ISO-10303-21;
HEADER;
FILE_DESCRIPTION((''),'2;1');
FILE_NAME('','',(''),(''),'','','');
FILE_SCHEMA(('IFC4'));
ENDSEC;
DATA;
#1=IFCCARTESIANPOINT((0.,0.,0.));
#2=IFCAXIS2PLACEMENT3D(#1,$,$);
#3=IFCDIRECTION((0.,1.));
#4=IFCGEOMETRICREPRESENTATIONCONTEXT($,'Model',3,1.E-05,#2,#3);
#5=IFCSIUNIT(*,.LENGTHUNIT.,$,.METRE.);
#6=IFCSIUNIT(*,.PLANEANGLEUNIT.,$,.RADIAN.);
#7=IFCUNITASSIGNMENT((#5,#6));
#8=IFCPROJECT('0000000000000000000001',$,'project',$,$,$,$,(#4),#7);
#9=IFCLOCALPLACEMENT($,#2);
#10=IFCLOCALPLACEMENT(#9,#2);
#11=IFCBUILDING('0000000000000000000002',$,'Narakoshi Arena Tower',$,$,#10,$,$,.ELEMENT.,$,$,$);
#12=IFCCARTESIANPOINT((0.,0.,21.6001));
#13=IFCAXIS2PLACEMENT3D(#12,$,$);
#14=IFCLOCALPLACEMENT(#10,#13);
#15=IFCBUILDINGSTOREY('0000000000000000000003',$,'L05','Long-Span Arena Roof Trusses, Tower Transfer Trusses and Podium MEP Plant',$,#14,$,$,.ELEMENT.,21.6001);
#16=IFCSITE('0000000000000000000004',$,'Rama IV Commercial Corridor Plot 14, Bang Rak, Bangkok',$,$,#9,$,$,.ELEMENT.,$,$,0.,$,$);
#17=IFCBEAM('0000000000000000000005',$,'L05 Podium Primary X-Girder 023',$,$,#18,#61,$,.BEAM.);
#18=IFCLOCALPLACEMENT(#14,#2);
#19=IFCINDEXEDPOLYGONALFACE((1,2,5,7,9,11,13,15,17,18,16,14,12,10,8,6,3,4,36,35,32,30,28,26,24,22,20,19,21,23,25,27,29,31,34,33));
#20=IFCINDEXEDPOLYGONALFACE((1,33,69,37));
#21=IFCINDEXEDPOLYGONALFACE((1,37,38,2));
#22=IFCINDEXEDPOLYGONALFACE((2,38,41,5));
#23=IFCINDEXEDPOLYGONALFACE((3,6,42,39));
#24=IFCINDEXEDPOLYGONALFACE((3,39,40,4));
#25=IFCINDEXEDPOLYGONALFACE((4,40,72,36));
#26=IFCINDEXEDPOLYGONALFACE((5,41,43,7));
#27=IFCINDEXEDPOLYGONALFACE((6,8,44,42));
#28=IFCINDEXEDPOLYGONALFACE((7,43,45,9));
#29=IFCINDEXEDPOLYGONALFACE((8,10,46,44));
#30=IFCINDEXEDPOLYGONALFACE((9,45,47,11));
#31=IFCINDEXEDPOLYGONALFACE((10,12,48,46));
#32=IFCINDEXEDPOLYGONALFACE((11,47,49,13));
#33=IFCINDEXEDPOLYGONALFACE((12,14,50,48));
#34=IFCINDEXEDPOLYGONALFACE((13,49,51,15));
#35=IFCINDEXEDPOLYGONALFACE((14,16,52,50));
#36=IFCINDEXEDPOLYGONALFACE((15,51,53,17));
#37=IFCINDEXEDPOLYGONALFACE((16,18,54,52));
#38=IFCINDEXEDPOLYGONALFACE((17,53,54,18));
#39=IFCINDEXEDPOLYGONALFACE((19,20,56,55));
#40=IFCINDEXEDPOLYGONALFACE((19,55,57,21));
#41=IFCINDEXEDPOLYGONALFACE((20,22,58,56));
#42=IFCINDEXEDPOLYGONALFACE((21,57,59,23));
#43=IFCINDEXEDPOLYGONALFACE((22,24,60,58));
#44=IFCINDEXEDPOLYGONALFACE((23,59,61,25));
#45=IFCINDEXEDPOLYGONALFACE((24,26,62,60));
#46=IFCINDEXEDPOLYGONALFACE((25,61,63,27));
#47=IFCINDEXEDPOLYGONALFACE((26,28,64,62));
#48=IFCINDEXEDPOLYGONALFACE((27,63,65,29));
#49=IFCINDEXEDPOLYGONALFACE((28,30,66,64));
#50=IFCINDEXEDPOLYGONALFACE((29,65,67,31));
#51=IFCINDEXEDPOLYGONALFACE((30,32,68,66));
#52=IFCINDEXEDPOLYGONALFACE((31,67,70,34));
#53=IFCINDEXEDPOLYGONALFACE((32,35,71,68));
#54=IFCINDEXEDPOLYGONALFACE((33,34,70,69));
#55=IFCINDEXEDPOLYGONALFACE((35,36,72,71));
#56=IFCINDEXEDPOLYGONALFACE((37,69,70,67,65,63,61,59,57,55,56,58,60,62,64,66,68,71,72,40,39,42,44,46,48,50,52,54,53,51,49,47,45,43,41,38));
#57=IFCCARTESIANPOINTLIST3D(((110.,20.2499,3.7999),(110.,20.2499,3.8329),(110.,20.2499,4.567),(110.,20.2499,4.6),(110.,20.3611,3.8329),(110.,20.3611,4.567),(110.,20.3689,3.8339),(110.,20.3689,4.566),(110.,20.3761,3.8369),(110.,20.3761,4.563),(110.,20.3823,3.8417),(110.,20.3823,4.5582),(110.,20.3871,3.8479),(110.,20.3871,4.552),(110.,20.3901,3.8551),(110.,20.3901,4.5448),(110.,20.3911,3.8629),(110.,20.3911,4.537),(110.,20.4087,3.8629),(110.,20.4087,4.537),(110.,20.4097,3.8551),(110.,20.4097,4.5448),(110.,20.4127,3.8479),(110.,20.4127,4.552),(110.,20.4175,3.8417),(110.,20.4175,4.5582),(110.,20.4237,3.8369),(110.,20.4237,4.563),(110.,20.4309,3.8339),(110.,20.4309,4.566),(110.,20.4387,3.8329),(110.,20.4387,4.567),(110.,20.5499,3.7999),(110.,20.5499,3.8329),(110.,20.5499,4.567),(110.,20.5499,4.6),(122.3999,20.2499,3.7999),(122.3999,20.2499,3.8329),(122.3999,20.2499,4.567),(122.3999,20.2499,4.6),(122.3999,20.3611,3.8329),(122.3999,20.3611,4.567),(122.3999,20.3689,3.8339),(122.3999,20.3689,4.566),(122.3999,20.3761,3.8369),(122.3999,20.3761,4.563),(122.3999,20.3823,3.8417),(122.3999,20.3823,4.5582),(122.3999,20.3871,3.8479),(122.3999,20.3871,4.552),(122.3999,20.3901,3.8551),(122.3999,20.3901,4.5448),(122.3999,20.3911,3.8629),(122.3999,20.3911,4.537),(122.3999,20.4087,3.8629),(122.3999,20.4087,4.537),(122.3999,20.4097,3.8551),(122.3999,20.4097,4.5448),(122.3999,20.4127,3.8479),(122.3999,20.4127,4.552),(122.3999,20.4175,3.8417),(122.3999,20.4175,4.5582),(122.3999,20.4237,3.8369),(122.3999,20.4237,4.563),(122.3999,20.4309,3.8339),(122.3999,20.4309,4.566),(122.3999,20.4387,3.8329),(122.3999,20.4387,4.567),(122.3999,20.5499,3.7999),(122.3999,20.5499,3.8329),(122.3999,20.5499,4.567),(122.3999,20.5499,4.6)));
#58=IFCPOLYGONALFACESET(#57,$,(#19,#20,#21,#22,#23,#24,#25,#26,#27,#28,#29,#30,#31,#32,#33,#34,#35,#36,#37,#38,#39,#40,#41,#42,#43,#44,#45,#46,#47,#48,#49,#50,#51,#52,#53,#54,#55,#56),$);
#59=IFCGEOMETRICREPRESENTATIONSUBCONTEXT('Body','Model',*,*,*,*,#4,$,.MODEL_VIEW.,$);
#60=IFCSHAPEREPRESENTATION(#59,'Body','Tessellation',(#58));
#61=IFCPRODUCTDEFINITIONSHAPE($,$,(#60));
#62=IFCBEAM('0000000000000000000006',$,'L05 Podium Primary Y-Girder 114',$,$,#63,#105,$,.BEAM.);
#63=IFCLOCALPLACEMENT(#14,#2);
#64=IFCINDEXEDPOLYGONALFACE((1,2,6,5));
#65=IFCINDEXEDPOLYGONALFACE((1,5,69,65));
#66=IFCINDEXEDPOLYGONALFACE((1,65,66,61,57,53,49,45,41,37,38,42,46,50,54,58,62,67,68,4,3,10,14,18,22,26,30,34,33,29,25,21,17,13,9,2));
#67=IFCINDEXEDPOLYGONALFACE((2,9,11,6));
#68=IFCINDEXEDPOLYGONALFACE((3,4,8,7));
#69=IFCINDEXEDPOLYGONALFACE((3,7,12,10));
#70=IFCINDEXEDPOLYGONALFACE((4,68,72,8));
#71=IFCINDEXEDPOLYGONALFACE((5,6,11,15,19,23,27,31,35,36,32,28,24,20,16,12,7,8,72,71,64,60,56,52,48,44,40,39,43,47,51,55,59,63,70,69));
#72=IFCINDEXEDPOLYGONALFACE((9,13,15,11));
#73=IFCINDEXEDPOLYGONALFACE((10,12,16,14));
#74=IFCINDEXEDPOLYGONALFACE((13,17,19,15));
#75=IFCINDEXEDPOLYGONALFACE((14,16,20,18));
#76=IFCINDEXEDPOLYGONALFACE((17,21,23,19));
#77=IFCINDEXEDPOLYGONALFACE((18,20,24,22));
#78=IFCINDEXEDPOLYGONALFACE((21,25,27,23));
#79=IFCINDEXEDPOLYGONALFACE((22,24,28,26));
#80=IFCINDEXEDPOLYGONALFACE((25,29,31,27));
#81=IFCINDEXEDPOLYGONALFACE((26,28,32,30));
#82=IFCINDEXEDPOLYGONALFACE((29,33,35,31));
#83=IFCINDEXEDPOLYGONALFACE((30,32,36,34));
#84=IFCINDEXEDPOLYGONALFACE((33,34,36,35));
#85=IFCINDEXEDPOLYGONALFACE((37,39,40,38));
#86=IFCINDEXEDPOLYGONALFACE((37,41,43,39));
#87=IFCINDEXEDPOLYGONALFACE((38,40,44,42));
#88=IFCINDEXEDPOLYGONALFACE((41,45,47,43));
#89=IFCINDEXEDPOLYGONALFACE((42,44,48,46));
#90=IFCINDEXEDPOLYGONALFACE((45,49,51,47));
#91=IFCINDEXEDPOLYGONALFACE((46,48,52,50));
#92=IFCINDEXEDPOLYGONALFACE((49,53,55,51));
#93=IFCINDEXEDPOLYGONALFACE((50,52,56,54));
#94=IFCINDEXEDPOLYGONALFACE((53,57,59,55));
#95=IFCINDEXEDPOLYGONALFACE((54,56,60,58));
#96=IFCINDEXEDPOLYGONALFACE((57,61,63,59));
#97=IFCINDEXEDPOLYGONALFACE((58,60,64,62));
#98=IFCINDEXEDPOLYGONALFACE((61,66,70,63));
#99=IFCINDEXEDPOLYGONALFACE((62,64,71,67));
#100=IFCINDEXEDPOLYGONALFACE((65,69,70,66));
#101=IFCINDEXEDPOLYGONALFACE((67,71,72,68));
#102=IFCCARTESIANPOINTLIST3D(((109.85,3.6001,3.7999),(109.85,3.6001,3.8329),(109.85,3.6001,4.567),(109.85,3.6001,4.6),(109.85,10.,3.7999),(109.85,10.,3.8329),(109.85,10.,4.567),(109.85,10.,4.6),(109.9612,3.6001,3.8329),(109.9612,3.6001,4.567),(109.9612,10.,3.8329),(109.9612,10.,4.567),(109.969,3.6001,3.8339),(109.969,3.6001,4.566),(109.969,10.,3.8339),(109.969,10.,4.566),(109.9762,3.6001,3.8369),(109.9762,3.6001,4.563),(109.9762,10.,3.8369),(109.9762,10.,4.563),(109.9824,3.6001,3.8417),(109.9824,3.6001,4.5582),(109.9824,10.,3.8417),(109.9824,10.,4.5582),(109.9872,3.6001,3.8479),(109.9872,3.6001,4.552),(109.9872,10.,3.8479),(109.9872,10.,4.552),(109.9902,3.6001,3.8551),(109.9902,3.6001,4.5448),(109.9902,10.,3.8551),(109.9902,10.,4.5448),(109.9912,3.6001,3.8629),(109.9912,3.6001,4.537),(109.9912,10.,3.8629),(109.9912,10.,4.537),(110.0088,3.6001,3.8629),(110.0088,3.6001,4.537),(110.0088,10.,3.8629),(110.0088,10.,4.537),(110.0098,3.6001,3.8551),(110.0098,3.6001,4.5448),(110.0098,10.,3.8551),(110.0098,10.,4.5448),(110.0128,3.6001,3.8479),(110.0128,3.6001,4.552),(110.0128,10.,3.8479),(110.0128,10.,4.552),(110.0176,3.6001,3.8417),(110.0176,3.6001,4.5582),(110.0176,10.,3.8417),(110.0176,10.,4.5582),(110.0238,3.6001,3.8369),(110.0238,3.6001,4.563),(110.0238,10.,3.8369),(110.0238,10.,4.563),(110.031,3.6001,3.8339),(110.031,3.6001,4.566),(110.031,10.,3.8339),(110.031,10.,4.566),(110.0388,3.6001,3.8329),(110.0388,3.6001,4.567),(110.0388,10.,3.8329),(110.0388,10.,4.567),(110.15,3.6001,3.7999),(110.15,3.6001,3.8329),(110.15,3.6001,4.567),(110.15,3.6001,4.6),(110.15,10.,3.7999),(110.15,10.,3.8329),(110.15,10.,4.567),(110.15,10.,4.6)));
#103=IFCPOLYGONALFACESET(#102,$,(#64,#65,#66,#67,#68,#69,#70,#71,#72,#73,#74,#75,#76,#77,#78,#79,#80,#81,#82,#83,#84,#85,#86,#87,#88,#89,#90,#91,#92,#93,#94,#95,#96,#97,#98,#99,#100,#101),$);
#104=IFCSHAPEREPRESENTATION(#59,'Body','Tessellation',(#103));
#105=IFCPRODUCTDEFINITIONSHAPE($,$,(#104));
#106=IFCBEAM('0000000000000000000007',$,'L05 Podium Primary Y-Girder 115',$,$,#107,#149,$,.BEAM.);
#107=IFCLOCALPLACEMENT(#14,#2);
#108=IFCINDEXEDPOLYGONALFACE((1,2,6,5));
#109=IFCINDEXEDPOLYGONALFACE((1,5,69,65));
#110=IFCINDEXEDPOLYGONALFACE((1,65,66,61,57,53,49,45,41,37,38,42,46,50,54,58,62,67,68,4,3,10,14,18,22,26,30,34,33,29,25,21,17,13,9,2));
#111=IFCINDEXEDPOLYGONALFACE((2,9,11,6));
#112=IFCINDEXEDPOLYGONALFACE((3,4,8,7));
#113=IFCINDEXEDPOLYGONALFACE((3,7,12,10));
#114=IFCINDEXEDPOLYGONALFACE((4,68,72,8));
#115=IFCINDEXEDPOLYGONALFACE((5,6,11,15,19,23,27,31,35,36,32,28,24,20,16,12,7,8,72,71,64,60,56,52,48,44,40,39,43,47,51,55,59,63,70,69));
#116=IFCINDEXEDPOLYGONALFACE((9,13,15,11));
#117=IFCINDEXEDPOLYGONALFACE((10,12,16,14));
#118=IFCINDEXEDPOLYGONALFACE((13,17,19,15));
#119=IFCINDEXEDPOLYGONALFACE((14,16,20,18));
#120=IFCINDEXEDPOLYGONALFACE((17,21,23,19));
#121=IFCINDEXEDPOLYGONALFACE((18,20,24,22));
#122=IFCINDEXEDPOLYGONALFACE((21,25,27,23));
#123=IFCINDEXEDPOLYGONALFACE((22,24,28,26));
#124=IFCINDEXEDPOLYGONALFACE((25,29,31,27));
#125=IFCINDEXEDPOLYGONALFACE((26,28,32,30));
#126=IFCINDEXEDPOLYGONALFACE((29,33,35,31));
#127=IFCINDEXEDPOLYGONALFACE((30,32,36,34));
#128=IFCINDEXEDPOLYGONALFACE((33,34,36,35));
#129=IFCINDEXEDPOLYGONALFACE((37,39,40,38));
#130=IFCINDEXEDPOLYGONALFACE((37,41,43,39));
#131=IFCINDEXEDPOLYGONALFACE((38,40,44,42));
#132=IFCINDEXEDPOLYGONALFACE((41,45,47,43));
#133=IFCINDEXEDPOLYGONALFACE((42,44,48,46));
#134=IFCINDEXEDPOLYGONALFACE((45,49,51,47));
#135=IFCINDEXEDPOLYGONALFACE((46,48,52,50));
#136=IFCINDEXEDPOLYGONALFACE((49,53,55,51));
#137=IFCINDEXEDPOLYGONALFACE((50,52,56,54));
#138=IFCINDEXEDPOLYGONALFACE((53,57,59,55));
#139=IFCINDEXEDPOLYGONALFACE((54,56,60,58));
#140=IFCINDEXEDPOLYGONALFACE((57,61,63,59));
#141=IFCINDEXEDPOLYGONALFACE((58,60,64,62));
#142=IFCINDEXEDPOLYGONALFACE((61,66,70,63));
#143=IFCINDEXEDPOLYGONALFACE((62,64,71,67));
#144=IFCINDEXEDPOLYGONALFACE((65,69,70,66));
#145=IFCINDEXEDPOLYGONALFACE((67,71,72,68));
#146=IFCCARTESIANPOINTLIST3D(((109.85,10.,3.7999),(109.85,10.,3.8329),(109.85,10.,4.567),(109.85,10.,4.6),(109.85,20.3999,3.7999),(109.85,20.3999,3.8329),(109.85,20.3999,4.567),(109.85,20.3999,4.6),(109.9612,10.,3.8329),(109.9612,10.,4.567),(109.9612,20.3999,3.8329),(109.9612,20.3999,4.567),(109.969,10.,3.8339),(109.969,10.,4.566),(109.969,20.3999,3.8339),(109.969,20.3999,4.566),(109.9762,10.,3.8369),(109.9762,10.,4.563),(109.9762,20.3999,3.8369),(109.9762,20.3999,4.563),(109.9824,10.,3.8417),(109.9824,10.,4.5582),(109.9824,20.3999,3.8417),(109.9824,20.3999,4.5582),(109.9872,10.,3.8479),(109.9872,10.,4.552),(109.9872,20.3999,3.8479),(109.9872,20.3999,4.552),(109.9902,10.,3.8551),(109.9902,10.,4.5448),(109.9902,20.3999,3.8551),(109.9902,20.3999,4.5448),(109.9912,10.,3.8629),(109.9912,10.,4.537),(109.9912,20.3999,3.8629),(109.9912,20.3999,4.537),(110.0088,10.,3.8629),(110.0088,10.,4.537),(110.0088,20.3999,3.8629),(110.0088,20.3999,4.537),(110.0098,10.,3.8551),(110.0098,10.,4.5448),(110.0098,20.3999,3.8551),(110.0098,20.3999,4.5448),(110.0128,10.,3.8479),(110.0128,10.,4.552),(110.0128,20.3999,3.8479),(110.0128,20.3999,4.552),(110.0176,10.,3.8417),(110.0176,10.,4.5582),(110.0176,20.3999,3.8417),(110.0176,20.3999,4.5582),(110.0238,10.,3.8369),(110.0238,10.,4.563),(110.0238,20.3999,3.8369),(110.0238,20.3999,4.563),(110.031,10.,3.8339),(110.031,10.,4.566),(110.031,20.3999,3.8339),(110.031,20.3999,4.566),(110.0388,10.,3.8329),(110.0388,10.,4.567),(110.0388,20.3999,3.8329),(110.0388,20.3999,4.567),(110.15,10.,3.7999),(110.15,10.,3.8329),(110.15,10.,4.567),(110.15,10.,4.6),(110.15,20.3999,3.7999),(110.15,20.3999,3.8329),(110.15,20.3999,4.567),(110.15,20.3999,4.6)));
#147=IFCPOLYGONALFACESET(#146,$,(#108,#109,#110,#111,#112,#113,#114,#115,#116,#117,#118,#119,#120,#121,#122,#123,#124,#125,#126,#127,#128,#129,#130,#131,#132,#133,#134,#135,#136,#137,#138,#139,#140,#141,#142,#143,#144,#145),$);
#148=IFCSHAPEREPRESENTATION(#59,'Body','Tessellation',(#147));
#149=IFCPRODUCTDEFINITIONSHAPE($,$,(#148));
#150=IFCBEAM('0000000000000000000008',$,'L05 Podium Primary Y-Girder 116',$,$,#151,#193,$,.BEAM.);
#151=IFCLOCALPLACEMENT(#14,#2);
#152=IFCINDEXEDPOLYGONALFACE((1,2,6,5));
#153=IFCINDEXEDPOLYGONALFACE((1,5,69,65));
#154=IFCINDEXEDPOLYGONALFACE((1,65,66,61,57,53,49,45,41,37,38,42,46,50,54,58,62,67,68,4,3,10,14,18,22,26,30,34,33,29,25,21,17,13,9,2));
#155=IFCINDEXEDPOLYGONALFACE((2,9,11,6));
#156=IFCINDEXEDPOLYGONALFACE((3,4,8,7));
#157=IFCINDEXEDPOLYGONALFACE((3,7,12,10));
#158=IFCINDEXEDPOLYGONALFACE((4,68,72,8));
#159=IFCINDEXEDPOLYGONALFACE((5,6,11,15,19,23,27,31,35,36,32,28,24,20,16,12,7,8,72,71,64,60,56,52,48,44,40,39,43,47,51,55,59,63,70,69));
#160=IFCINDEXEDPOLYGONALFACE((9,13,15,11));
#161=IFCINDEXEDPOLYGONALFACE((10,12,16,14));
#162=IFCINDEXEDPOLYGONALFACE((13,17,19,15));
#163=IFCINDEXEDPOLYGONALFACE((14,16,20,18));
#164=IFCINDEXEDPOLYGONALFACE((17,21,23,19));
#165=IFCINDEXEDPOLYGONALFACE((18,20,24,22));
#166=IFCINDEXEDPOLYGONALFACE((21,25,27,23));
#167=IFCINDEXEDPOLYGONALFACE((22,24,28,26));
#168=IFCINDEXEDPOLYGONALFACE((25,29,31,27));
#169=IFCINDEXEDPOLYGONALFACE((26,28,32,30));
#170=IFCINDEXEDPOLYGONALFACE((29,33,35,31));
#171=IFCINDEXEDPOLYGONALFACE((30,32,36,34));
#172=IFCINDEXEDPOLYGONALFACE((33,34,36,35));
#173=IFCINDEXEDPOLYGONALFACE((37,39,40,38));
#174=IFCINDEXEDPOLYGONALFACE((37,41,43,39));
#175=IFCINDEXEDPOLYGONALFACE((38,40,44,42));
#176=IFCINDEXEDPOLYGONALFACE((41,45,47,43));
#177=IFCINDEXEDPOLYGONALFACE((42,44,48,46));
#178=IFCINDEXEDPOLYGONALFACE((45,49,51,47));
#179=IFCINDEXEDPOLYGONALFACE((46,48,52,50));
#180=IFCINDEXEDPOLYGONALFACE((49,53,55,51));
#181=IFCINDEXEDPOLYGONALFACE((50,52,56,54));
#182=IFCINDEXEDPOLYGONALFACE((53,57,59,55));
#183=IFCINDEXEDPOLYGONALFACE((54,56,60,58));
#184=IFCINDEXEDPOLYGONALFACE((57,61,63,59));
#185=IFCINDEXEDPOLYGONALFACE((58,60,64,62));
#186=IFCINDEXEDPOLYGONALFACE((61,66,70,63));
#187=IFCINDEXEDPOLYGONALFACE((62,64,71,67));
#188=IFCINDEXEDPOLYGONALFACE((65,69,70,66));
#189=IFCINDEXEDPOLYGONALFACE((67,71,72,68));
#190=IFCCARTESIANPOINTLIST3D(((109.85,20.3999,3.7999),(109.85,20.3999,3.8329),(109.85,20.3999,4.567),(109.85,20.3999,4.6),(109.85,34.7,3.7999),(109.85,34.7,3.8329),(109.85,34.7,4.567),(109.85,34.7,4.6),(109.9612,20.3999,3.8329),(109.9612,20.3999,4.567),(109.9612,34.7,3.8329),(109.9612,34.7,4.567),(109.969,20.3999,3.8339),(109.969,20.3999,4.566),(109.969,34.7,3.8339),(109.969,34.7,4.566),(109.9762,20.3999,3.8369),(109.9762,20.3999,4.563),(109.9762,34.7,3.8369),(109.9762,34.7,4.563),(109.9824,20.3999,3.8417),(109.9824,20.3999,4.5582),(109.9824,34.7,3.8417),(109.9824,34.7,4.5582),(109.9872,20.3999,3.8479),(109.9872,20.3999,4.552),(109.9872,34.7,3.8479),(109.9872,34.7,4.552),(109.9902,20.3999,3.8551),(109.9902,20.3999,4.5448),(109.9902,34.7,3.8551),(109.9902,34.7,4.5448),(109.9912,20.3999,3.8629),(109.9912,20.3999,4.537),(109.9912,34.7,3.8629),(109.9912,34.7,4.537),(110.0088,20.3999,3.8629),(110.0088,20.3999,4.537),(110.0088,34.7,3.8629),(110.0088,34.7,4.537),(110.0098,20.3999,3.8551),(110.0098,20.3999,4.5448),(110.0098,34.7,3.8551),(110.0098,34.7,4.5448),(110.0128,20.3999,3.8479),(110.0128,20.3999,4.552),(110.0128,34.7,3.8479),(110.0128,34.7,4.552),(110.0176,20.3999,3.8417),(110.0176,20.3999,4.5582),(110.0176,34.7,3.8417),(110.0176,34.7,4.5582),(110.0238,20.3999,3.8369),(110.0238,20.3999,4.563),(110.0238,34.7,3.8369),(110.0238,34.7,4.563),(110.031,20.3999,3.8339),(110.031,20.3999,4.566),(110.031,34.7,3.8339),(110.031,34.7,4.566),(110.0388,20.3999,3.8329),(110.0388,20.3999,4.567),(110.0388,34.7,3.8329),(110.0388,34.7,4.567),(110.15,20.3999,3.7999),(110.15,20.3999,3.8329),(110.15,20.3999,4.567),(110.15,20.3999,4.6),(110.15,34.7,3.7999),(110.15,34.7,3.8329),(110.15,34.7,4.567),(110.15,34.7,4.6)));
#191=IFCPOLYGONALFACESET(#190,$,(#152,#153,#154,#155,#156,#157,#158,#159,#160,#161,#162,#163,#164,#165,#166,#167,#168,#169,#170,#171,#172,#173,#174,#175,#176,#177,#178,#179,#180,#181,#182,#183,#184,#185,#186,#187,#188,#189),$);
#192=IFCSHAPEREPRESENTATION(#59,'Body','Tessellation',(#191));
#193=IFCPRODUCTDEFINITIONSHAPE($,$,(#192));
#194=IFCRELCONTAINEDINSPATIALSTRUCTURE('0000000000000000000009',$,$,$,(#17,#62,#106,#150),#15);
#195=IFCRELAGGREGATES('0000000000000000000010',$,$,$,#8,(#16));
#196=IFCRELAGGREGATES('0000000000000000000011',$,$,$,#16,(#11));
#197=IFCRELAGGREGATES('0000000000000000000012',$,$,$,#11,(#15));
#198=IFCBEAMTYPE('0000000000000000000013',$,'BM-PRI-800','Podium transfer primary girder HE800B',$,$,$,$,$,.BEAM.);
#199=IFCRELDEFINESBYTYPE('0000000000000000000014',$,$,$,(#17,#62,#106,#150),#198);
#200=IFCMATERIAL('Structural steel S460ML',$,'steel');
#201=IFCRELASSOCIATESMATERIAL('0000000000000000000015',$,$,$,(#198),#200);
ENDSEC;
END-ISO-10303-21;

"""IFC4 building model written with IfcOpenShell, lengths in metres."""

from ifc_helpers import new_model, si_unit, direction, frame, origin, origin_2d, place, context, subcontext, project, spatial, i_section, extrude, material, material_profile, profile_set, type_object, element, save


model = new_model("IFC4")

# Units and contexts
model_context = context("Model", 3, precision=1e-05, world=origin(), true_north=direction((0.0, 1.0)))
body_context = subcontext(model_context, "Body", "Model", "MODEL_VIEW")
ifc_project = project(units=[si_unit("LENGTHUNIT", "METRE"), si_unit("PLANEANGLEUNIT", "RADIAN")], contexts=[model_context])

# Site, building, storey
site_placement = place(None, origin())
site = spatial("IfcSite", under=ifc_project, at=site_placement, Name="Rama IV Commercial Corridor Plot 14, Bang Rak, Bangkok", CompositionType="ELEMENT", RefElevation=0.0)
building_placement = place(site_placement, origin())
building = spatial("IfcBuilding", under=site, at=building_placement, Name="Narakoshi Arena Tower", CompositionType="ELEMENT")
storey_placement = place(building_placement, frame((0.0, 0.0, 21.6001)))
storey = spatial("IfcBuildingStorey", under=building, at=storey_placement, Name="L05", Description="Long-Span Arena Roof Trusses, Tower Transfer Trusses and Podium MEP Plant", CompositionType="ELEMENT", Elevation=21.6001)

# Beams
ifc_material_1 = material(Name="Structural steel S460ML", Category="steel")
ifc_material_profile_1 = material_profile(ifc_material_1, i_section(OverallWidth=0.3, OverallDepth=0.8, WebThickness=0.0176, FlangeThickness=0.033, FilletRadius=0.03, at=origin_2d()), Name="HE800B")
ifc_profile_set_1 = profile_set([ifc_material_profile_1], Name="Structural steel S460ML")
beam_type_1 = type_object("IfcBeamType", Name="BM-PRI-800", Description="Podium transfer primary girder HE800B", PredefinedType="BEAM", material=ifc_profile_set_1)
for number, where, z_axis, x_axis, name in (
    (1, (110.0, 20.3999, 4.2), (1.0, 0.0, 0.0), (0.0, 1.0, 0.0), "L05 Podium Primary X-Girder 023"),
):
    element("IfcBeam", number, at=place(storey_placement, frame(where, z_axis=z_axis, x_axis=x_axis)), inside=storey, type_object=beam_type_1, Name=name, PredefinedType="BEAM", context=body_context, shape_type="SweptSolid", body=[
        extrude(i_section(OverallWidth=0.3, OverallDepth=0.8, WebThickness=0.0176, FlangeThickness=0.033, FilletRadius=0.03, at=origin_2d()), origin(), (0.0, 0.0, 1.0), 12.3999),
    ])
beam_1_placement = place(storey_placement, frame((110.0, 3.6001, 4.2), z_axis=(0.0, 1.0, 0.0), x_axis=(-1.0, 0.0, 0.0)))
element("IfcBeam", 2, at=beam_1_placement, inside=storey, type_object=beam_type_1, Name="L05 Podium Primary Y-Girder 114", PredefinedType="BEAM", context=body_context, shape_type="SweptSolid", body=[
    extrude(i_section(OverallWidth=0.3, OverallDepth=0.8, WebThickness=0.0176, FlangeThickness=0.033, FilletRadius=0.03, at=origin_2d()), origin(), (0.0, 0.0, 1.0), 6.3999),
])
beam_2_placement = place(storey_placement, frame((110.0, 10.0, 4.2), z_axis=(0.0, 1.0, 0.0), x_axis=(-1.0, 0.0, 0.0)))
element("IfcBeam", 3, at=beam_2_placement, inside=storey, type_object=beam_type_1, Name="L05 Podium Primary Y-Girder 115", PredefinedType="BEAM", context=body_context, shape_type="SweptSolid", body=[
    extrude(i_section(OverallWidth=0.3, OverallDepth=0.8, WebThickness=0.0176, FlangeThickness=0.033, FilletRadius=0.03, at=origin_2d()), origin(), (0.0, 0.0, 1.0), 10.3999),
])
beam_3_placement = place(storey_placement, frame((110.0, 20.3999, 4.2), z_axis=(0.0, 1.0, 0.0), x_axis=(-1.0, 0.0, 0.0)))
element("IfcBeam", 4, at=beam_3_placement, inside=storey, type_object=beam_type_1, Name="L05 Podium Primary Y-Girder 116", PredefinedType="BEAM", context=body_context, shape_type="SweptSolid", body=[
    extrude(i_section(OverallWidth=0.3, OverallDepth=0.8, WebThickness=0.0176, FlangeThickness=0.033, FilletRadius=0.03, at=origin_2d()), origin(), (0.0, 0.0, 1.0), 14.3),
])

save(model, "model.ifc")
